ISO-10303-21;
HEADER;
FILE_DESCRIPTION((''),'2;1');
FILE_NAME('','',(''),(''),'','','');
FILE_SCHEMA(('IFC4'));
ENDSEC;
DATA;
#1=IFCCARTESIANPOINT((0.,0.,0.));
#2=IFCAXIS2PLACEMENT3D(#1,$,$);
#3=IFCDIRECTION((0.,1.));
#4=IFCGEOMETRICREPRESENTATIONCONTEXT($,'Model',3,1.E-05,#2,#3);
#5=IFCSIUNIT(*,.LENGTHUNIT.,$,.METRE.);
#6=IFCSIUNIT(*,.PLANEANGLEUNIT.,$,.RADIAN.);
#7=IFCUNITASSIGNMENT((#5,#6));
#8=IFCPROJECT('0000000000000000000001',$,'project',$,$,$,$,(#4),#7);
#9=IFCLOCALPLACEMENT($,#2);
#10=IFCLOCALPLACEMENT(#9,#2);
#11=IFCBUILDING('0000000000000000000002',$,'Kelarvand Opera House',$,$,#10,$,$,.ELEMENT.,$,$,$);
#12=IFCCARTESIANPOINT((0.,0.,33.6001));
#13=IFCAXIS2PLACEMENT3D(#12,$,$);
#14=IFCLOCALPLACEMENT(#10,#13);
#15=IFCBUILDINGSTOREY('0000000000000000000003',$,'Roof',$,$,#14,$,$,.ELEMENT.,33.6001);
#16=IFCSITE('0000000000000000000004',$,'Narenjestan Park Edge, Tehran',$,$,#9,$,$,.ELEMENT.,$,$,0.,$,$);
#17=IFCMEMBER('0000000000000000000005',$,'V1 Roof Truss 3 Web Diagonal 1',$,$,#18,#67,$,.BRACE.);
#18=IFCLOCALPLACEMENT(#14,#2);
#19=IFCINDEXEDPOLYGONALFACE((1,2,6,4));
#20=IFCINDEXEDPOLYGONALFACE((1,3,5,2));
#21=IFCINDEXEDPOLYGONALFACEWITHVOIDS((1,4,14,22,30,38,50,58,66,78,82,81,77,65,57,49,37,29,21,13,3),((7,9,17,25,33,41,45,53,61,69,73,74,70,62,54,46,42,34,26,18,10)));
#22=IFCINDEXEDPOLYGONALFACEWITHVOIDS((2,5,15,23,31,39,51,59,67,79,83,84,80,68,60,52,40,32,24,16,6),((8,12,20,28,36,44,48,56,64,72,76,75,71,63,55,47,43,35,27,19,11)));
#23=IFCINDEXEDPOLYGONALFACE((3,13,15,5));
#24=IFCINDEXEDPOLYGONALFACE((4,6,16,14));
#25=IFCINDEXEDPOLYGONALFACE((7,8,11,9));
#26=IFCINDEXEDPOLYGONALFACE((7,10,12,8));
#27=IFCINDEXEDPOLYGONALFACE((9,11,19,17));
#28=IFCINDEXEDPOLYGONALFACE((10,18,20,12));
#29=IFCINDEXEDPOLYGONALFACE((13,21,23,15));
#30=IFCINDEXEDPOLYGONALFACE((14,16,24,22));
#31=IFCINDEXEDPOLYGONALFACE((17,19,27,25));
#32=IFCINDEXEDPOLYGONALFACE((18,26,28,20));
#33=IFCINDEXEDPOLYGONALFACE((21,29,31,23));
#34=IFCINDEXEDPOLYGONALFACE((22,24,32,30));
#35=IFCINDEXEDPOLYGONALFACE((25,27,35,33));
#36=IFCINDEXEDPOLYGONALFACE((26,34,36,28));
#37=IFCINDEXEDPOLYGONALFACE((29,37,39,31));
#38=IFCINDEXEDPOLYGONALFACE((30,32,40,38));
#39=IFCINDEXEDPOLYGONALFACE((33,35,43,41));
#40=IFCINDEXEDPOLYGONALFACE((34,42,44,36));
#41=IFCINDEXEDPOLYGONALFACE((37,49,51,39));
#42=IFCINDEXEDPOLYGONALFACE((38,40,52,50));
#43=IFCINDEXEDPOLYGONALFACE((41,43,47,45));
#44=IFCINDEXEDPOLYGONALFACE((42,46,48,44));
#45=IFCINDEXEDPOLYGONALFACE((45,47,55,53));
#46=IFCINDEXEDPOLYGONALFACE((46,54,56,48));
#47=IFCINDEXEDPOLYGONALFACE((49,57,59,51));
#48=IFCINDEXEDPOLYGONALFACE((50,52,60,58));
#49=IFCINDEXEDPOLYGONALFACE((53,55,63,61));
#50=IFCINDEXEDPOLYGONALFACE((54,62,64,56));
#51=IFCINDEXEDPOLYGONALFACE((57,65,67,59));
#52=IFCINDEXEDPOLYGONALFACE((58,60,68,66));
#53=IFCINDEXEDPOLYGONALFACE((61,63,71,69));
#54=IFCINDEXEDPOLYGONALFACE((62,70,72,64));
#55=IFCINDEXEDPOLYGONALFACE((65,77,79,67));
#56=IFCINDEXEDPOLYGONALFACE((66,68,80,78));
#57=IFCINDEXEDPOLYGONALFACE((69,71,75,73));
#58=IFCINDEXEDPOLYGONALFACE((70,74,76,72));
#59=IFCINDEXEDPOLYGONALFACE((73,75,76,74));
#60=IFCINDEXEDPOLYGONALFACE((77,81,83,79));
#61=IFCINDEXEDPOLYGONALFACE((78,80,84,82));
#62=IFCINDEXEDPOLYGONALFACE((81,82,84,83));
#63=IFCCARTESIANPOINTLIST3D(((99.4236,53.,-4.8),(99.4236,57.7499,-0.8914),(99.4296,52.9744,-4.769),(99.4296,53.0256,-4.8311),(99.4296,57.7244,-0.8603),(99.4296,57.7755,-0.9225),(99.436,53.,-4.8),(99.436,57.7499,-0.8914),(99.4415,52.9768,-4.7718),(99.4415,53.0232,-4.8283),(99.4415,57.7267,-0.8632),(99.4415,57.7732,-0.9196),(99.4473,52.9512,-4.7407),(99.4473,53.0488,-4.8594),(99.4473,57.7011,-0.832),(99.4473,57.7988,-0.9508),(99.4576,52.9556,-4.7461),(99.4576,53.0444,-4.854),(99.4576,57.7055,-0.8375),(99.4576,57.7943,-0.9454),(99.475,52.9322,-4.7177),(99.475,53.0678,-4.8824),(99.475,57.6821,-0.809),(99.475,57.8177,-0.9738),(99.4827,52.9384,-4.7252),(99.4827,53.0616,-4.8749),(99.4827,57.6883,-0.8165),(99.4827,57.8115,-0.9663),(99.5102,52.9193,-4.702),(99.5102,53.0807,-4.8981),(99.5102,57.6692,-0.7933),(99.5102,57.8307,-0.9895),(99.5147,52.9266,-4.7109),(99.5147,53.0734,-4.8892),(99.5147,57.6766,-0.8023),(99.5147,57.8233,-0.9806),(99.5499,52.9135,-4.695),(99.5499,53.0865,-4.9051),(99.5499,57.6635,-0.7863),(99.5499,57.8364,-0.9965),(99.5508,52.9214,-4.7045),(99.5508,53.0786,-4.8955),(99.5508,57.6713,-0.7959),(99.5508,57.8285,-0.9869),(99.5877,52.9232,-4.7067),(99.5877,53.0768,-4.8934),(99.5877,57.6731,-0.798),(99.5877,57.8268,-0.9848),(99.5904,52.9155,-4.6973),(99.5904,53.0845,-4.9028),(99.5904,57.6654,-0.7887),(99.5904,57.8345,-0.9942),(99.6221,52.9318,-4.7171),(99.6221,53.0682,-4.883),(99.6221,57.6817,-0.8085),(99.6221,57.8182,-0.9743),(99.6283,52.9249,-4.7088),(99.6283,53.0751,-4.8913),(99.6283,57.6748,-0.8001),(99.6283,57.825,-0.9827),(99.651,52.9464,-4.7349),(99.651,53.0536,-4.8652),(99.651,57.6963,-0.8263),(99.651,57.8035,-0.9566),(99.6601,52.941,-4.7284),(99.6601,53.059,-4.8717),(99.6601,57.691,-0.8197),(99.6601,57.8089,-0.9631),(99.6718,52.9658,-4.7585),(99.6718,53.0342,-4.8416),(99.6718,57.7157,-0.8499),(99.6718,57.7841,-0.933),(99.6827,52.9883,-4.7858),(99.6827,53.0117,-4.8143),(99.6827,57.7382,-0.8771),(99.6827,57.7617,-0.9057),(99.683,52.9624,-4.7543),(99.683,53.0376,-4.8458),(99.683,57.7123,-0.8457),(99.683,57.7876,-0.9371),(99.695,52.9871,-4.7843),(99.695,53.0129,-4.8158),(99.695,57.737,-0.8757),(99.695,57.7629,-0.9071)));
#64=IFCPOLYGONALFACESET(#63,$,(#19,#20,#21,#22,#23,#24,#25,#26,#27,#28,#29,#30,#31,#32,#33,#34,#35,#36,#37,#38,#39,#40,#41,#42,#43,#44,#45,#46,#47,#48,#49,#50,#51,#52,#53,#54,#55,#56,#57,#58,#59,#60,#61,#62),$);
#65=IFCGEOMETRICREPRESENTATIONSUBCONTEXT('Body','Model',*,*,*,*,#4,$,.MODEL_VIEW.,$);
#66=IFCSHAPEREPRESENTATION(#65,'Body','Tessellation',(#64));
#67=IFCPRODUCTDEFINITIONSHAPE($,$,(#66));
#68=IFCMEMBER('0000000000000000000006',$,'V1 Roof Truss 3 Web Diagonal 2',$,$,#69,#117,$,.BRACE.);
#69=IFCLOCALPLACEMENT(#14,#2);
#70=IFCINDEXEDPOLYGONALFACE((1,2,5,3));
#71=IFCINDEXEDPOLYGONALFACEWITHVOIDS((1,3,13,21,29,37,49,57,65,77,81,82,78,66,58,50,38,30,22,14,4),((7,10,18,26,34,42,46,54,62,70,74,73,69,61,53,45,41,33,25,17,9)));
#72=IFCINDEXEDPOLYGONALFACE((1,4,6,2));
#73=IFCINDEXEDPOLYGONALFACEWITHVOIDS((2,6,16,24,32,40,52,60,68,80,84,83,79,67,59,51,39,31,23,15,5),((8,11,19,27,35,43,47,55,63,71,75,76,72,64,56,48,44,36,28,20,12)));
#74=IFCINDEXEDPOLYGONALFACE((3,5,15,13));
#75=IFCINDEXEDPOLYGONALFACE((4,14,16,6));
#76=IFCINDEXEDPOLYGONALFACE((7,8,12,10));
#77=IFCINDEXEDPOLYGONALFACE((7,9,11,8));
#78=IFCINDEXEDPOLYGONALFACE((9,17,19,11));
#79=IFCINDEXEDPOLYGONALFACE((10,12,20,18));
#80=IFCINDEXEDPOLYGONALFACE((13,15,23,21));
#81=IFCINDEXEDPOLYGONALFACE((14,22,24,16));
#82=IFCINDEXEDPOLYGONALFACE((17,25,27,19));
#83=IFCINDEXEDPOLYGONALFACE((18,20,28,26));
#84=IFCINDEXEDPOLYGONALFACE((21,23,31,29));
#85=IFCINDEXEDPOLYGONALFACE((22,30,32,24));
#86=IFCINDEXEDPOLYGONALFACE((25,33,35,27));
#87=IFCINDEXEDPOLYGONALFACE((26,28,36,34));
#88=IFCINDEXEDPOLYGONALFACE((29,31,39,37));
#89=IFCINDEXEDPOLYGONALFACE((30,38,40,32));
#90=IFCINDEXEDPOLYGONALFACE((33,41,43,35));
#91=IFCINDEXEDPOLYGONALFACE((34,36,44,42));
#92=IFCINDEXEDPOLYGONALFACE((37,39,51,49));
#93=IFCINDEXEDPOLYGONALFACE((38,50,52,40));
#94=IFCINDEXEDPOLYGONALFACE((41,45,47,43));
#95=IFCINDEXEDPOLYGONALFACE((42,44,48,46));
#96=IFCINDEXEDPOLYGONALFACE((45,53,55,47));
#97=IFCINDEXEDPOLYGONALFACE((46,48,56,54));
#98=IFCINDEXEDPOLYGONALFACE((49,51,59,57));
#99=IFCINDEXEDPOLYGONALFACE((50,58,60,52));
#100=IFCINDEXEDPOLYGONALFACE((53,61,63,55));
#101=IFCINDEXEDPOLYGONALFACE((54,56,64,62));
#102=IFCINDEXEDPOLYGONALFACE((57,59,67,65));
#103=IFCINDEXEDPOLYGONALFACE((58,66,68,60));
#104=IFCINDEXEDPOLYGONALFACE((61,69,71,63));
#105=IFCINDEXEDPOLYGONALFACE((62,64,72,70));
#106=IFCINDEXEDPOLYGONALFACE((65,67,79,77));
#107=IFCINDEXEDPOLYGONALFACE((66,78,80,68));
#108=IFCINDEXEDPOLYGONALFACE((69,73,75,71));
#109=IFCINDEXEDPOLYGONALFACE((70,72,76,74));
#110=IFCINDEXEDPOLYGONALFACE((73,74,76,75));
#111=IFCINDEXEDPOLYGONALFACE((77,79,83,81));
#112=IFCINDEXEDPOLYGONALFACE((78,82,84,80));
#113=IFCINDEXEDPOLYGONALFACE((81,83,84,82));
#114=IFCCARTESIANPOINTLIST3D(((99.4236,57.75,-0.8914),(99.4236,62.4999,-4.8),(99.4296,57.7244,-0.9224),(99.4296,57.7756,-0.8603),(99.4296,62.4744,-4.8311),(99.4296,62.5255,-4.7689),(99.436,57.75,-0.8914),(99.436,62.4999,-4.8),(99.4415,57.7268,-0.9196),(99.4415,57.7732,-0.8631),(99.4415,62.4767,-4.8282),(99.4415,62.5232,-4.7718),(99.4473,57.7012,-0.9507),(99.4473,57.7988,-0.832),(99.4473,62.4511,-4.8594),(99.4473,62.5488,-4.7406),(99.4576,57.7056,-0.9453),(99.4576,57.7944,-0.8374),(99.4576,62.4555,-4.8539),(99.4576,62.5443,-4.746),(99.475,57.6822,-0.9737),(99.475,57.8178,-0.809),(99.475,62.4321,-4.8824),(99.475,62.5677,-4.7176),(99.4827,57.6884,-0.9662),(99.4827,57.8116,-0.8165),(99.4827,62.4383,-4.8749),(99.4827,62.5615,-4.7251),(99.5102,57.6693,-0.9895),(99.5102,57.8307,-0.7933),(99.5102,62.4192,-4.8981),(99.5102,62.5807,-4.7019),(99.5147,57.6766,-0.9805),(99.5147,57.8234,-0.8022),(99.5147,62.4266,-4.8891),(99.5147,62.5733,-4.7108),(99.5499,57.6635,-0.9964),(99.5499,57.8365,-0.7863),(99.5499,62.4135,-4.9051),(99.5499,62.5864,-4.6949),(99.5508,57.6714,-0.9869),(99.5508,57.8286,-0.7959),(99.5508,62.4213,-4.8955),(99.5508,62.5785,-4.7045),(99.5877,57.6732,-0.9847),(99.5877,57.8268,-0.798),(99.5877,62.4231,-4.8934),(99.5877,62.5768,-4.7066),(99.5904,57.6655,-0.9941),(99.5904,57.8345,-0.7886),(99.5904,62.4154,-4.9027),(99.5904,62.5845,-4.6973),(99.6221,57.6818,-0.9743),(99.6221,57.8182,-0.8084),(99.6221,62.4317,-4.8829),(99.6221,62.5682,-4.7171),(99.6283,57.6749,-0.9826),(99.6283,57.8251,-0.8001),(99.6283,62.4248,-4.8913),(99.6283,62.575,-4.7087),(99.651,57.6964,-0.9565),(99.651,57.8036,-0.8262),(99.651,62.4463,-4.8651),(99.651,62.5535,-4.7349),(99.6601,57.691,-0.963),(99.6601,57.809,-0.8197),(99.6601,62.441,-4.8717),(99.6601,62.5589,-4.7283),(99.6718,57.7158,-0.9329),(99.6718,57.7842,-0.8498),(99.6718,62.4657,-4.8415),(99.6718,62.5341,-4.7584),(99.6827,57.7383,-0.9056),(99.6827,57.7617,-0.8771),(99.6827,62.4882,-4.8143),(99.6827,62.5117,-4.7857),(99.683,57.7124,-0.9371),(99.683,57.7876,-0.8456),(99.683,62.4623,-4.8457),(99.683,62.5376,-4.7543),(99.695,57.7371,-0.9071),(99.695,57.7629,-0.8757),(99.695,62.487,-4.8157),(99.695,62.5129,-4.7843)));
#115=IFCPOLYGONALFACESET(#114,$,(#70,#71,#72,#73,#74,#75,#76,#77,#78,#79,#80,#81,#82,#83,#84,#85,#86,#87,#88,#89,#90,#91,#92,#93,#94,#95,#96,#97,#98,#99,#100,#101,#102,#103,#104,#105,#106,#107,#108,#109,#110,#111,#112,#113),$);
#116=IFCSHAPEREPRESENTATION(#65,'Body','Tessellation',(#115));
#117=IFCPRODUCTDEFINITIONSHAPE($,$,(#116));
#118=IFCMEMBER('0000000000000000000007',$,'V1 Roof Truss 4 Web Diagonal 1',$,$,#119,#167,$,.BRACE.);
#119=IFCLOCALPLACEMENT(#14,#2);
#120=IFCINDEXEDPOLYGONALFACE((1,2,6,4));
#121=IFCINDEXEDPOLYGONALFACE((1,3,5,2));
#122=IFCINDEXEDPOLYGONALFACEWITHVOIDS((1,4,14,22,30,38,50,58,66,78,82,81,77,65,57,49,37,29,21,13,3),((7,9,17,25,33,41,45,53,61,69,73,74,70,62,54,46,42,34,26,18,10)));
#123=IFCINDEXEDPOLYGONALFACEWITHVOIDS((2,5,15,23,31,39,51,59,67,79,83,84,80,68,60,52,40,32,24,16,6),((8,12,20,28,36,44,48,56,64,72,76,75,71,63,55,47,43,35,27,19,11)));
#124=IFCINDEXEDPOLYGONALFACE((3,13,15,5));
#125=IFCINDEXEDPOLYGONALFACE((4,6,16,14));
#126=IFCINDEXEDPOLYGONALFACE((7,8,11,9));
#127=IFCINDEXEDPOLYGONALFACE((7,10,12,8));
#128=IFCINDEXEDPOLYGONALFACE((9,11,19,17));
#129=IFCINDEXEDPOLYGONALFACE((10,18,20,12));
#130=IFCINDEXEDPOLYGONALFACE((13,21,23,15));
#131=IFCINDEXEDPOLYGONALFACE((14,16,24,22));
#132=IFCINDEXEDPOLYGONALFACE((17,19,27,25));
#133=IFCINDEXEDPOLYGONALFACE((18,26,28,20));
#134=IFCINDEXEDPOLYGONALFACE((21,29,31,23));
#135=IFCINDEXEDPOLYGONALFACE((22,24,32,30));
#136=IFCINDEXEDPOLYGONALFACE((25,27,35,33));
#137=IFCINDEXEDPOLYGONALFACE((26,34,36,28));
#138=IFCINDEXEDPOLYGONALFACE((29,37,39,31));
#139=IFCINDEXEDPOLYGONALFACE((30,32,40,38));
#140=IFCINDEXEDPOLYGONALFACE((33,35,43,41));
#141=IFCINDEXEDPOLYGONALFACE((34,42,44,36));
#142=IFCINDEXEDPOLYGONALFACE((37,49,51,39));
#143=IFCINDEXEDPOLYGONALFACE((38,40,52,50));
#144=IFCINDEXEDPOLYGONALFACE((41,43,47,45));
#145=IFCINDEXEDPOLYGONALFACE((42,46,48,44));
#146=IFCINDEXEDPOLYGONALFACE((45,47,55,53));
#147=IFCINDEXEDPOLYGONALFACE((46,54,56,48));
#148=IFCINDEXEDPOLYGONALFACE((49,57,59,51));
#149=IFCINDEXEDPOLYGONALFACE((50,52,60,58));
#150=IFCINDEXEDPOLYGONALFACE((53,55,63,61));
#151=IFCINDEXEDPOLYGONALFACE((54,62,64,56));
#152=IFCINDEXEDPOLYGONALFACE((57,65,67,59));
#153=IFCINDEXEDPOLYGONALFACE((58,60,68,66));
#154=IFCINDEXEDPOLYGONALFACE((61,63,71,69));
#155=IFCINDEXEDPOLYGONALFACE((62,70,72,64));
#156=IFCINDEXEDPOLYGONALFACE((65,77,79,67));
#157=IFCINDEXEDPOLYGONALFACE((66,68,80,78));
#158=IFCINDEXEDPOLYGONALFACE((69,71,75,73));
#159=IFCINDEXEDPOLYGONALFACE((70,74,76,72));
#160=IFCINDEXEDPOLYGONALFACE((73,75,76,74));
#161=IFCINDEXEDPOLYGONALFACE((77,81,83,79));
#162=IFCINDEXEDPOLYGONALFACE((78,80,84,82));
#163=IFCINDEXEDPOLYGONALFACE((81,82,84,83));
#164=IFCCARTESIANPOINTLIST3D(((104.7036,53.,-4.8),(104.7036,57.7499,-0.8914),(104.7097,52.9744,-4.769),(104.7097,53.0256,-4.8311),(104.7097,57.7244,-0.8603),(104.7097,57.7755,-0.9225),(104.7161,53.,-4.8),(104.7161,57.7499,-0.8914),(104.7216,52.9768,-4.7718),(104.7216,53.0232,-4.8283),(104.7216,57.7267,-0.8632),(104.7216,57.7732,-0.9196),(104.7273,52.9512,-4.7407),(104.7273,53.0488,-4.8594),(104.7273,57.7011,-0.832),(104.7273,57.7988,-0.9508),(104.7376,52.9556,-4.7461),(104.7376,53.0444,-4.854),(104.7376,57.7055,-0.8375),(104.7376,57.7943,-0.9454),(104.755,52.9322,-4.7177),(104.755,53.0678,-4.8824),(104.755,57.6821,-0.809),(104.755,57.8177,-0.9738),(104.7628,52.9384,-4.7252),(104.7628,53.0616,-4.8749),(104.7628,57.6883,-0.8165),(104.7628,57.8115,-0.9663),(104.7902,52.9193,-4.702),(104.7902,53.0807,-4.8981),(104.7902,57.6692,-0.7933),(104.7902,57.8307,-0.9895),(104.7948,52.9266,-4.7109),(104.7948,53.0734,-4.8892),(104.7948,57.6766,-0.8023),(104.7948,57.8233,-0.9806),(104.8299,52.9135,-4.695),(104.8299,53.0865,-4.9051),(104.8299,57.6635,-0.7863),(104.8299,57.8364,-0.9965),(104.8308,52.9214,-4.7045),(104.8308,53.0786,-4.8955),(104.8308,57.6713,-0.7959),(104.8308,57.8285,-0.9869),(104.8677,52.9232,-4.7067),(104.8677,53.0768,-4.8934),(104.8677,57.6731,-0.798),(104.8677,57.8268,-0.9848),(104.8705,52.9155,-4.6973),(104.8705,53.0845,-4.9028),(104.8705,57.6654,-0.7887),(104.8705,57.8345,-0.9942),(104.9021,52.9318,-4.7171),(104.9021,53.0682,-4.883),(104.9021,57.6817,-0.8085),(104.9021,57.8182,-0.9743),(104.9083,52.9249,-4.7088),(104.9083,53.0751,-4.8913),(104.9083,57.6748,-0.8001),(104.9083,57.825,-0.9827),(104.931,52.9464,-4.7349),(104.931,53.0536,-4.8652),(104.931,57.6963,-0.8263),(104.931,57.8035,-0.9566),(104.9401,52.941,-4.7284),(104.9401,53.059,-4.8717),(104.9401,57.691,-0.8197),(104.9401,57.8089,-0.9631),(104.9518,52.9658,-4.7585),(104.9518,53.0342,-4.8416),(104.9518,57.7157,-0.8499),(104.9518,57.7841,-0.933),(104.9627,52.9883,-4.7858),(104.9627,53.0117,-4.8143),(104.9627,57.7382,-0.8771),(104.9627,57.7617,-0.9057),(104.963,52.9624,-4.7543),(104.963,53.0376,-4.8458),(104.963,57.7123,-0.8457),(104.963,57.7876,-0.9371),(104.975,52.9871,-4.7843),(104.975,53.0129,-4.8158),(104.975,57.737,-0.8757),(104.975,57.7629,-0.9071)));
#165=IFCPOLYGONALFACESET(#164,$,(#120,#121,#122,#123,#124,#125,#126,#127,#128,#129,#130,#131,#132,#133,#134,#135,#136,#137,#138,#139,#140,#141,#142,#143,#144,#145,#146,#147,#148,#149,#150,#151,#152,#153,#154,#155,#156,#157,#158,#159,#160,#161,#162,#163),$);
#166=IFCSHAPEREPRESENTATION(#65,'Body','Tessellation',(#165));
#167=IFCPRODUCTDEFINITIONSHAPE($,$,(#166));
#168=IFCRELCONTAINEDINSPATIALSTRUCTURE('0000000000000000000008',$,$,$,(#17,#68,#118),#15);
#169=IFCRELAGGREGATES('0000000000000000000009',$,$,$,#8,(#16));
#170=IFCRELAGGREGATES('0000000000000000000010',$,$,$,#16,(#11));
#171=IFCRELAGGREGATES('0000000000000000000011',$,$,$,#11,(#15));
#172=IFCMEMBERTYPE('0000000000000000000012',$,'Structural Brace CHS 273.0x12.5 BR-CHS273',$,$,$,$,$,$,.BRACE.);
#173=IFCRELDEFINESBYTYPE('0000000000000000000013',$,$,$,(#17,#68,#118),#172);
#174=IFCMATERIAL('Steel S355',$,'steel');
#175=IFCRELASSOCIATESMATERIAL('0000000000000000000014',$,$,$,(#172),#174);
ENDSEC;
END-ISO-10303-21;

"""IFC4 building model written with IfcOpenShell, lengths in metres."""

from ifc_helpers import new_model, si_unit, direction, frame, origin, origin_2d, place, context, subcontext, project, spatial, hollow_circle, extrude, material, material_profile, profile_set, type_object, element, save


model = new_model("IFC4")

# Units and contexts
model_context = context("Model", 3, precision=1e-05, world=origin(), true_north=direction((0.0, 1.0)))
body_context = subcontext(model_context, "Body", "Model", "MODEL_VIEW")
ifc_project = project(units=[si_unit("LENGTHUNIT", "METRE"), si_unit("PLANEANGLEUNIT", "RADIAN")], contexts=[model_context])

# Site, building, storey
site_placement = place(None, origin())
site = spatial("IfcSite", under=ifc_project, at=site_placement, Name="Narenjestan Park Edge, Tehran", CompositionType="ELEMENT", RefElevation=0.0)
building_placement = place(site_placement, origin())
building = spatial("IfcBuilding", under=site, at=building_placement, Name="Kelarvand Opera House", CompositionType="ELEMENT")
storey_placement = place(building_placement, frame((0.0, 0.0, 33.6001)))
storey = spatial("IfcBuildingStorey", under=building, at=storey_placement, Name="Roof", CompositionType="ELEMENT", Elevation=33.6001)

# Members
ifc_material = material(Name="Steel S355", Category="steel")
ifc_material_profile_1 = material_profile(ifc_material, hollow_circle(Radius=0.1365, WallThickness=0.0125, at=origin_2d()), Name="CHS 273.0x12.5", Category="steel")
ifc_profile_set_1 = profile_set([ifc_material_profile_1], Name="Steel S355")
member_type_1 = type_object("IfcMemberType", Name="Structural Brace CHS 273.0x12.5 BR-CHS273", PredefinedType="BRACE", material=ifc_profile_set_1)
for number, where, z_axis, x_axis, name in (
    (1, (99.5601, 53.0, -4.8), (0.0, 0.772175, 0.63541), (-1.0, 0.0, 0.0), "V1 Roof Truss 3 Web Diagonal 1"),
    (2, (99.5601, 57.75, -0.8914), (0.0, 0.772175, -0.63541), (-1.0, 0.0, 0.0), "V1 Roof Truss 3 Web Diagonal 2"),
    (3, (104.8401, 53.0, -4.8), (0.0, 0.772175, 0.63541), (-1.0, 0.0, 0.0), "V1 Roof Truss 4 Web Diagonal 1"),
):
    element("IfcMember", number, at=place(storey_placement, frame(where, z_axis=z_axis, x_axis=x_axis)), inside=storey, type_object=member_type_1, Name=name, PredefinedType="BRACE", context=body_context, shape_type="SweptSolid", body=[
        extrude(hollow_circle(Radius=0.1365, WallThickness=0.0125, at=origin_2d()), origin(), (0.0, 0.0, 1.0), 6.1514),
    ])

save(model, "model.ifc")
